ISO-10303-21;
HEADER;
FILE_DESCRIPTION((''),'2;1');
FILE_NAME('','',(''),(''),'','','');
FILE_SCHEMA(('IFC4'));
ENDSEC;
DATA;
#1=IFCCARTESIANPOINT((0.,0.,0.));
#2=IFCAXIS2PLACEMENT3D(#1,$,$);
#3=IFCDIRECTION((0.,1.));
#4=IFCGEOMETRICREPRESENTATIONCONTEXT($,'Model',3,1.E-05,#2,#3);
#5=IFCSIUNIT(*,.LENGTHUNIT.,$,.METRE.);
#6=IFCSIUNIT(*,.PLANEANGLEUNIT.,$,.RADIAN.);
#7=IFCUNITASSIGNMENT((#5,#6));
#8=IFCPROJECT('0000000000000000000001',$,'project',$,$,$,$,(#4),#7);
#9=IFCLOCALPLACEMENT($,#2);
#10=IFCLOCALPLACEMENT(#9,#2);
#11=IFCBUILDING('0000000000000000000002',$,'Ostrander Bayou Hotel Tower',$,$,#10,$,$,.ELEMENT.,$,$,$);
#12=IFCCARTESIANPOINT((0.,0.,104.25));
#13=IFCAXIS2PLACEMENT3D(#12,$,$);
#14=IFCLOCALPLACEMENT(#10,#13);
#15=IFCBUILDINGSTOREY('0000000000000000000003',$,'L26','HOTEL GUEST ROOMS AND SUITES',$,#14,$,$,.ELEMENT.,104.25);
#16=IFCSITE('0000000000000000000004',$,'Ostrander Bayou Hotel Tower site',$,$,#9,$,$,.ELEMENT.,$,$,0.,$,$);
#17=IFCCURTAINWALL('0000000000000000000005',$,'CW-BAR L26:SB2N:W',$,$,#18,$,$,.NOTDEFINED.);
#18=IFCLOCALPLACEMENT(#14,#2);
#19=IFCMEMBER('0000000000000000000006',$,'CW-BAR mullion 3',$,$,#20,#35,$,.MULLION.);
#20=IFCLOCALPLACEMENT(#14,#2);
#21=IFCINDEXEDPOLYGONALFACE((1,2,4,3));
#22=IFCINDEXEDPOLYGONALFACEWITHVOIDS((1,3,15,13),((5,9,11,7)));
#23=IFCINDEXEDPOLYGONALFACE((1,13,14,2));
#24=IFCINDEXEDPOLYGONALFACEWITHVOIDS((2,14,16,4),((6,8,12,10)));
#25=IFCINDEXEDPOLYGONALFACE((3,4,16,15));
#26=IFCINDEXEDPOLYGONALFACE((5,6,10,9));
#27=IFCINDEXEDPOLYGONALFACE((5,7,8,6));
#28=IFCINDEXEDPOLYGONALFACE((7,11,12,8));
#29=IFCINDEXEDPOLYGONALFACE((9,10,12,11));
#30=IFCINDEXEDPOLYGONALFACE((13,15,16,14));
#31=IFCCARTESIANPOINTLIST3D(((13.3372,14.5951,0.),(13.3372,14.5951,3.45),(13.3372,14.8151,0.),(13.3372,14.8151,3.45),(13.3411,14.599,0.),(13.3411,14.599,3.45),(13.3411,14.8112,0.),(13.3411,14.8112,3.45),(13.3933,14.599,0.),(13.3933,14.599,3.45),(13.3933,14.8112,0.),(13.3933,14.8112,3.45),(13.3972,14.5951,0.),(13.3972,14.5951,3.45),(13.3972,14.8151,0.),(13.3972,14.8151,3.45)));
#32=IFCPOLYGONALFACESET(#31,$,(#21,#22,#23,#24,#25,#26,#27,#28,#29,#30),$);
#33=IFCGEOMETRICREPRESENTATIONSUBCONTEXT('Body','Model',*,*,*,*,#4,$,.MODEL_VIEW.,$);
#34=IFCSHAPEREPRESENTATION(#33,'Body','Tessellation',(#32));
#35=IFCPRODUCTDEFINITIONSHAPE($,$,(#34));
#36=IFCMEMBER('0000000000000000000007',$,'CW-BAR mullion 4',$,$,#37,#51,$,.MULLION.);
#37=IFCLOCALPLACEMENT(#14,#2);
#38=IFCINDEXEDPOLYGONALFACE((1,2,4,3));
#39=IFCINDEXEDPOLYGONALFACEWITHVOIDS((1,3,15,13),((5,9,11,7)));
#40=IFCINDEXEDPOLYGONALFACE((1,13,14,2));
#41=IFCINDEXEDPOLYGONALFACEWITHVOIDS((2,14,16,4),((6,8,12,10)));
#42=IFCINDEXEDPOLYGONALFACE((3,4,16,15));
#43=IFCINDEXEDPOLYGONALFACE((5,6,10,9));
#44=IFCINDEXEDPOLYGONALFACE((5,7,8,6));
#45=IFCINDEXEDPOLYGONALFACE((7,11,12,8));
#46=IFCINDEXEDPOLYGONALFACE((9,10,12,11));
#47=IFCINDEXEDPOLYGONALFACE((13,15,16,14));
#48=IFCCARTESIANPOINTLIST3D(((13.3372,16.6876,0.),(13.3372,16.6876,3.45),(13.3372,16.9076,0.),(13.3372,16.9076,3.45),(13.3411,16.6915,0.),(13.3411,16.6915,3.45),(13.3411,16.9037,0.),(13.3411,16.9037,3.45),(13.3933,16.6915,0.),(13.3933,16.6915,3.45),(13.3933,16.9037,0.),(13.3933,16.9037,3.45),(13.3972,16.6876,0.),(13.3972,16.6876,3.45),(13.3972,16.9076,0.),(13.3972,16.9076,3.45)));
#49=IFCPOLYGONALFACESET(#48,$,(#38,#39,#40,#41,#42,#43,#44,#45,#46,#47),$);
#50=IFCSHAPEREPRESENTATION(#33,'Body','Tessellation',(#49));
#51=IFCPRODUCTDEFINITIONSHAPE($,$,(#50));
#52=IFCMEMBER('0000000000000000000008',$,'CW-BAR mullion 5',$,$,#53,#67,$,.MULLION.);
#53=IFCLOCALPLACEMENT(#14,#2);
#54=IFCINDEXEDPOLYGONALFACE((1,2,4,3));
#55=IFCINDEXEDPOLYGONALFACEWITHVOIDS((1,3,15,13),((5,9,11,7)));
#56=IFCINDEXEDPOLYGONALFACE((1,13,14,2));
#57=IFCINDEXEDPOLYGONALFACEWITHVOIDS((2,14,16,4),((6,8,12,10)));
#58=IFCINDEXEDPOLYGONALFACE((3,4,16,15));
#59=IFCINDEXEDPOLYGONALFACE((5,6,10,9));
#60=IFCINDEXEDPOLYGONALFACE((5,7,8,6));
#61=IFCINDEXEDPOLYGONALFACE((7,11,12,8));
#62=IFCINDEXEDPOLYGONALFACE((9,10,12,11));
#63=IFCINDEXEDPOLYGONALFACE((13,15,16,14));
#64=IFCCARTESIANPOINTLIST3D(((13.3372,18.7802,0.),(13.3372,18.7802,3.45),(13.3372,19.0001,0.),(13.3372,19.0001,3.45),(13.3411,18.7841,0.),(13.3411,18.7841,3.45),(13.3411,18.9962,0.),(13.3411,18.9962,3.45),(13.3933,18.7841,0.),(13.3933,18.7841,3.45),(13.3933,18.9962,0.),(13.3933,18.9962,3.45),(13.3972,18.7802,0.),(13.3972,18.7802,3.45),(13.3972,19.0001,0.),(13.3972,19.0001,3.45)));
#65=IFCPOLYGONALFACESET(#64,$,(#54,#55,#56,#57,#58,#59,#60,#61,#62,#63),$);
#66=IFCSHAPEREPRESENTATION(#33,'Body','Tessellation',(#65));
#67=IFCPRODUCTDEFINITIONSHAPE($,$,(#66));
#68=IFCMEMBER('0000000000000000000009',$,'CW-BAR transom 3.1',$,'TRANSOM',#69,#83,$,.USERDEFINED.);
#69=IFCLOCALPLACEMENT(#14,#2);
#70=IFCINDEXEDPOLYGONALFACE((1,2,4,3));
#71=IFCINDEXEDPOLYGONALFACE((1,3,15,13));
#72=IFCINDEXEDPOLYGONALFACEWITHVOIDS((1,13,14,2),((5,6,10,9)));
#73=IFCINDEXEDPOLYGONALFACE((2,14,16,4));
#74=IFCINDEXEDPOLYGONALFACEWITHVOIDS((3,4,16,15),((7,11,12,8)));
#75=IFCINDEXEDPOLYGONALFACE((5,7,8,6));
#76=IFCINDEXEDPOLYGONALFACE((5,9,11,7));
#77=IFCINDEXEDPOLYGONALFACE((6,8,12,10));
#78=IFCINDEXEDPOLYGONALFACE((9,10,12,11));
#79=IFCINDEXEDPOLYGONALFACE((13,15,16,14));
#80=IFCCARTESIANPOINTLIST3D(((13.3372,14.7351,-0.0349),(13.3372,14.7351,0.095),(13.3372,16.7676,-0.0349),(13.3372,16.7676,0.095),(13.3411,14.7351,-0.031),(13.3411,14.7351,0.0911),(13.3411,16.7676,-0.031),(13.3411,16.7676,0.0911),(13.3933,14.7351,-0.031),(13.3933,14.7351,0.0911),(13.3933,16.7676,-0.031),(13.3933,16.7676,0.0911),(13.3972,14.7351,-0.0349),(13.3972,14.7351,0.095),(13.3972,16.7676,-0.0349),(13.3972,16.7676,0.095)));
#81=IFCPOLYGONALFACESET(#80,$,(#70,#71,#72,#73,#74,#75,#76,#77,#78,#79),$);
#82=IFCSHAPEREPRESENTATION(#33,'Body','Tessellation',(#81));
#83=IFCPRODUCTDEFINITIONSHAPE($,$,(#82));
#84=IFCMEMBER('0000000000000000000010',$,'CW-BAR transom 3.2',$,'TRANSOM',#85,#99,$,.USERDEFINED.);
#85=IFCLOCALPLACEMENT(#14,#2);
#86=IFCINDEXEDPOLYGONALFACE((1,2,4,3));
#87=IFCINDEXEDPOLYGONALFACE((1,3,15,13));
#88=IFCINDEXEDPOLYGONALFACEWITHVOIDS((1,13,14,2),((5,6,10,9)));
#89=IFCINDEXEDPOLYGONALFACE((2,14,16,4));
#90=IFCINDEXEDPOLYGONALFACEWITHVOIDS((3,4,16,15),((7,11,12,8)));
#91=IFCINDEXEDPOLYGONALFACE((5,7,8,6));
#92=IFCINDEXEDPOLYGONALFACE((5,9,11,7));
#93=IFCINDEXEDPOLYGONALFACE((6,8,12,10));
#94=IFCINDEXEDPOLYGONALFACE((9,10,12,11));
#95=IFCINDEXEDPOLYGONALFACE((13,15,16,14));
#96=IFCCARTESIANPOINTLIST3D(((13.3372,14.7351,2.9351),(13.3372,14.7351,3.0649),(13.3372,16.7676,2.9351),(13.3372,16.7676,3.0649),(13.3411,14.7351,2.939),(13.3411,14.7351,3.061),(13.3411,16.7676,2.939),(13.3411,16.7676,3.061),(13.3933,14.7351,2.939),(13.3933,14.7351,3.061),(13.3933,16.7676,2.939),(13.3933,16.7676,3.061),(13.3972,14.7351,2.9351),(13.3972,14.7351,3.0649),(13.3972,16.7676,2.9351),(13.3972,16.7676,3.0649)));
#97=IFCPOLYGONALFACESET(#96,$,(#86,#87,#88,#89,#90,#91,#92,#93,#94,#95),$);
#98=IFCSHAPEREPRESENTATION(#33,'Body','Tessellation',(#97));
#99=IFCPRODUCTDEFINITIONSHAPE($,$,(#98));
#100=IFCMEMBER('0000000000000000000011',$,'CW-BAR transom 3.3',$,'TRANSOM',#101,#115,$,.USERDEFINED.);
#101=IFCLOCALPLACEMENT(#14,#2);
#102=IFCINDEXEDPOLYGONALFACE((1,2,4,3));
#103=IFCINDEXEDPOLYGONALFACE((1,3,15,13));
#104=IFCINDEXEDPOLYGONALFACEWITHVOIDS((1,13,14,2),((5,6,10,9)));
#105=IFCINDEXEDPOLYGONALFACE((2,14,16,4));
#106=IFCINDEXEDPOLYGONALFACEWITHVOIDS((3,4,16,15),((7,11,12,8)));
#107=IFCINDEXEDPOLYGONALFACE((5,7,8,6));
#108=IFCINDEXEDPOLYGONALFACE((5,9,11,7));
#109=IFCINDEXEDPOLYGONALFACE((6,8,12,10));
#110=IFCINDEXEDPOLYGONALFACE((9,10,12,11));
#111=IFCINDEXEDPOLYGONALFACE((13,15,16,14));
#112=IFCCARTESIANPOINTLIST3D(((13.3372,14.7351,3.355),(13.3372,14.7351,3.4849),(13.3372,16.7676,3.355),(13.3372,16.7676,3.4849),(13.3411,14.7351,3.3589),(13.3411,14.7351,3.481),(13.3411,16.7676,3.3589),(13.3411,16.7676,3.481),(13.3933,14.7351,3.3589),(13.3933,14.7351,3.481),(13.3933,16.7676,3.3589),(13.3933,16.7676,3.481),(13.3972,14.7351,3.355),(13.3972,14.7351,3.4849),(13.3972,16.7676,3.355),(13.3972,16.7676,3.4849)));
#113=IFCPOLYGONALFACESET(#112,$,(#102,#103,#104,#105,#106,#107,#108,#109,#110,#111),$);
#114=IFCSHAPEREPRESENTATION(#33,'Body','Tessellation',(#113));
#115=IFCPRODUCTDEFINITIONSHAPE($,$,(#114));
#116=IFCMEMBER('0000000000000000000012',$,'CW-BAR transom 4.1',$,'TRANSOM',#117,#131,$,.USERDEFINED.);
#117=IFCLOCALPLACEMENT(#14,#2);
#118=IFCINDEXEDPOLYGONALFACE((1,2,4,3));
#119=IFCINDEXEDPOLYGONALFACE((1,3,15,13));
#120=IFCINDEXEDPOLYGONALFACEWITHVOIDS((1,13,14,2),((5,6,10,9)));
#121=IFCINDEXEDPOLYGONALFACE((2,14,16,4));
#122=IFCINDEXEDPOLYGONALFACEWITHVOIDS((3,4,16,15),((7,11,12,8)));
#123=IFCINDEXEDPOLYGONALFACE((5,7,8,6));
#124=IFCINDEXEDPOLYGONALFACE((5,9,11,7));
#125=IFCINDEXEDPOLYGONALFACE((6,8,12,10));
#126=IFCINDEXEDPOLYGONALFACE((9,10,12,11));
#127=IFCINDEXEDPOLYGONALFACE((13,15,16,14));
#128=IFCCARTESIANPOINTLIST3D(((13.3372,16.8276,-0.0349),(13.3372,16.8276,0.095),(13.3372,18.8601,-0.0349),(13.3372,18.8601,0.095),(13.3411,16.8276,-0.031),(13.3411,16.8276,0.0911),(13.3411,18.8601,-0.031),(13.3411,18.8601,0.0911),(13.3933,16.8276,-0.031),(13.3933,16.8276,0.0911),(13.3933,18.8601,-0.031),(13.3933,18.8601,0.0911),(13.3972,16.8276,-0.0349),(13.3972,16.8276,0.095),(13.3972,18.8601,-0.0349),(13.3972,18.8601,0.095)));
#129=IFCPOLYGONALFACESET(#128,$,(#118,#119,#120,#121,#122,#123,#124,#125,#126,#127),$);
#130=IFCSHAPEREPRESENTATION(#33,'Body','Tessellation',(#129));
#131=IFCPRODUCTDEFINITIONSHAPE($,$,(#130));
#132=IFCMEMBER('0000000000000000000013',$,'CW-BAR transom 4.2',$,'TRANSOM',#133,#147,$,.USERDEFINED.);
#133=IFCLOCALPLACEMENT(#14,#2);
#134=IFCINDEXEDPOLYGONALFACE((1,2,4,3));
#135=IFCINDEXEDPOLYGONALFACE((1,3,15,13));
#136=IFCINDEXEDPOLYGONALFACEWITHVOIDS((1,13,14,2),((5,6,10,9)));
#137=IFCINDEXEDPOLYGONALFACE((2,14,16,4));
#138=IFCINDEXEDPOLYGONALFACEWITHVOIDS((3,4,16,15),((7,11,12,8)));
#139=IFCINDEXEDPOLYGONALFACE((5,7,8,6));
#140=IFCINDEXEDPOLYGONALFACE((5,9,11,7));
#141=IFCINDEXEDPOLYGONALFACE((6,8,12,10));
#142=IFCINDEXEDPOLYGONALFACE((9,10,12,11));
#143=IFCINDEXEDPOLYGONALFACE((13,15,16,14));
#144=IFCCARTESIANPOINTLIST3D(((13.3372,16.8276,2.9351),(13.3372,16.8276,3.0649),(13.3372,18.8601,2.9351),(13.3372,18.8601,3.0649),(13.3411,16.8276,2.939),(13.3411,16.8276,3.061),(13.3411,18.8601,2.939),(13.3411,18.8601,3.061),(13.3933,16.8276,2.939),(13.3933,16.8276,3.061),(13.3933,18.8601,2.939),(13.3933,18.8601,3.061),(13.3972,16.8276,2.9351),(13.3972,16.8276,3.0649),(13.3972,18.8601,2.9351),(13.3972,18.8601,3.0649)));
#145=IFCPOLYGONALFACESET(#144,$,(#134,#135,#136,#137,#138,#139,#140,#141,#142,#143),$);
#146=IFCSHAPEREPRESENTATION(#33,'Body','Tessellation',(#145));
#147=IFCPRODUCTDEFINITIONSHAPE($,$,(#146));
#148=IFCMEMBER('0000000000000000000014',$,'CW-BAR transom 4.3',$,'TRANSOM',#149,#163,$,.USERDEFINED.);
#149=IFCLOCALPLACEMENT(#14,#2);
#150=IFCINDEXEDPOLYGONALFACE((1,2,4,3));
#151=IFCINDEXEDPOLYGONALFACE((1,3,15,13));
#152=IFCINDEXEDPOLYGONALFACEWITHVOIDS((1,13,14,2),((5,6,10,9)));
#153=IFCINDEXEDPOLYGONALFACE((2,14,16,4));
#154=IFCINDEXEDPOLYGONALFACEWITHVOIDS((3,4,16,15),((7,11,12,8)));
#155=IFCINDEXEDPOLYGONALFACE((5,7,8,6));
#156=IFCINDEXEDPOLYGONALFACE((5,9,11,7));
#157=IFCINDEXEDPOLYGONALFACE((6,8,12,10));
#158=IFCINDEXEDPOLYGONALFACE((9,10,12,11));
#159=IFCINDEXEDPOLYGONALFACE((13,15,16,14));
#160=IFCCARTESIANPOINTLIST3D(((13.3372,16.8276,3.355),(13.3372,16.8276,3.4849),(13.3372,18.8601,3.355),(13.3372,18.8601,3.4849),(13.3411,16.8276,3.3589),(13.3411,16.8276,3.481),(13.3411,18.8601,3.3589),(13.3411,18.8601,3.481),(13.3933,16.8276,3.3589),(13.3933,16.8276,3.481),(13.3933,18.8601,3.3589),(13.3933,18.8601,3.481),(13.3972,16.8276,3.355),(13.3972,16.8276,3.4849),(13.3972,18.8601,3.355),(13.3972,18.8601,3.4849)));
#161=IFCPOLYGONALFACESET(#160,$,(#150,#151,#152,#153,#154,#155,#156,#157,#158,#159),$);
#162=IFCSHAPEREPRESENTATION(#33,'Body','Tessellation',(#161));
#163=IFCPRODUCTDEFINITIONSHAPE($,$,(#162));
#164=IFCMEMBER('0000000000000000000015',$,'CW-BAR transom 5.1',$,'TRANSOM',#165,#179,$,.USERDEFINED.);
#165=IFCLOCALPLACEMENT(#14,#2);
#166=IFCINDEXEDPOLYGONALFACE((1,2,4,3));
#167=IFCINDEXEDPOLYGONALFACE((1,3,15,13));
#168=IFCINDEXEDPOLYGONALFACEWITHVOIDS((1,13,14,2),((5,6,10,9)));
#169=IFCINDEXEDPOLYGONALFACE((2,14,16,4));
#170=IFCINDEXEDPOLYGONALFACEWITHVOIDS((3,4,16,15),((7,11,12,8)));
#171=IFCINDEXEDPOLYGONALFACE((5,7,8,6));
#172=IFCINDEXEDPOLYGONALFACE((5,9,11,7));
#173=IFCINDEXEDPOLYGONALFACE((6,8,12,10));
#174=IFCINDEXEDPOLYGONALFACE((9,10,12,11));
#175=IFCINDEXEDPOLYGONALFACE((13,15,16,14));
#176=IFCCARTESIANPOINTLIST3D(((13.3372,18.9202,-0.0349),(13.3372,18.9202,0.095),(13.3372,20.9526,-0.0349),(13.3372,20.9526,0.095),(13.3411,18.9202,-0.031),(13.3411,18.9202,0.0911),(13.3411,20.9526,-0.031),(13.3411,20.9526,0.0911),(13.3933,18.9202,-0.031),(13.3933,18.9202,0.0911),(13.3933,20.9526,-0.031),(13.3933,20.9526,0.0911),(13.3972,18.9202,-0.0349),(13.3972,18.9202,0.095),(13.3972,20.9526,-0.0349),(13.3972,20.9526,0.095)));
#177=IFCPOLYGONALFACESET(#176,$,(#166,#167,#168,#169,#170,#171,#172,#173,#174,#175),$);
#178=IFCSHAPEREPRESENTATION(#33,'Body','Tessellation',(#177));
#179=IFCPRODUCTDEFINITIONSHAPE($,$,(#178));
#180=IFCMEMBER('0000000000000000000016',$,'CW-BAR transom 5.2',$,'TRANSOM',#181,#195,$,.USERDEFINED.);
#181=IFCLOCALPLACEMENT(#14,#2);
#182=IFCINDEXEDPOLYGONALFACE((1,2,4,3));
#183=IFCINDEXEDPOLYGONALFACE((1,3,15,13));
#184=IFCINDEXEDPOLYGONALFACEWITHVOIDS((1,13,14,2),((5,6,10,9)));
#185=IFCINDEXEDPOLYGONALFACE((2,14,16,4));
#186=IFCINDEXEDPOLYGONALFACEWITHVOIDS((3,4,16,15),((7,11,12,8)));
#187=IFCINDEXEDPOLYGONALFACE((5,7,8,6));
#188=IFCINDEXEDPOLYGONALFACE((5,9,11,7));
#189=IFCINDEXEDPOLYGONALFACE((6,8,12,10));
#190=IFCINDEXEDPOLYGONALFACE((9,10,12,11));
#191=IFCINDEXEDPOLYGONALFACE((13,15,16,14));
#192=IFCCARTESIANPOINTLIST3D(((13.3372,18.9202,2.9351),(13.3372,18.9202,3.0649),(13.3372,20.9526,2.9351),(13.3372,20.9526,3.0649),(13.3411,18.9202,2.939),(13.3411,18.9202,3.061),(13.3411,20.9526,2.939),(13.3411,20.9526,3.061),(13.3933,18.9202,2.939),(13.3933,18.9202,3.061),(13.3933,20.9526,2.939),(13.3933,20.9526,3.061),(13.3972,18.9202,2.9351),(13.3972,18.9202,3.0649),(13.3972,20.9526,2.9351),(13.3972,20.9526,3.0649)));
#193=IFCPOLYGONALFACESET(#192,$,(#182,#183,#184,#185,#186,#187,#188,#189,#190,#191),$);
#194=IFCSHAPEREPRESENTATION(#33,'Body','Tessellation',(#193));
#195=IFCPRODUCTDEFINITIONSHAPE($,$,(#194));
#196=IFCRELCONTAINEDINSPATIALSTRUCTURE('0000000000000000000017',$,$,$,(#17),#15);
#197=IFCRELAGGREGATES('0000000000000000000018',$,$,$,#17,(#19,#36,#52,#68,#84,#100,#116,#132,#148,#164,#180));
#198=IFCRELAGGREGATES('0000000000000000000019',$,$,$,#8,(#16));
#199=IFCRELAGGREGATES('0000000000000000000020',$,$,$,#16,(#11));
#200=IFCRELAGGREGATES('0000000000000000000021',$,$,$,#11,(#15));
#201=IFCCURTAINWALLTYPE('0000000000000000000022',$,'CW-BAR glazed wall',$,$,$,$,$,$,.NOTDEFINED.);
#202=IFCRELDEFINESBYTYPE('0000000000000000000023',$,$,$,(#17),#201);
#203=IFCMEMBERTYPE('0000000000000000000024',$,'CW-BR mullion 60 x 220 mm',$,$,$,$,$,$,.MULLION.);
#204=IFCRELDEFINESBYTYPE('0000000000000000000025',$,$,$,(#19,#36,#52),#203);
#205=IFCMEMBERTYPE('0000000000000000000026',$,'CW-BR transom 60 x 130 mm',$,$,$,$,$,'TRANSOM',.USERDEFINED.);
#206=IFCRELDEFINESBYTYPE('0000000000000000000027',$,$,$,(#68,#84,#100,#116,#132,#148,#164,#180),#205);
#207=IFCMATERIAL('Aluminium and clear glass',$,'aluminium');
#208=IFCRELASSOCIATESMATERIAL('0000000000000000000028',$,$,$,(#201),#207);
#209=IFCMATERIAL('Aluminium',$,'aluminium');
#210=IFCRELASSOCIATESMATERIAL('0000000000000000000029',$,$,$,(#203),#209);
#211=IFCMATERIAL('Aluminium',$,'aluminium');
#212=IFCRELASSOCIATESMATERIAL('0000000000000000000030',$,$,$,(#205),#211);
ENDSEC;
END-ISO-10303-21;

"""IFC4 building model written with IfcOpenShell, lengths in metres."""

from ifc_helpers import new_model, si_unit, direction, frame, origin, origin_2d, place, context, subcontext, project, spatial, hollow_rectangle, extrude, material, material_profile, profile_set, type_object, element, aggregate, save


model = new_model("IFC4")

# Units and contexts
model_context = context("Model", 3, precision=1e-05, world=origin(), true_north=direction((0.0, 1.0)))
body_context = subcontext(model_context, "Body", "Model", "MODEL_VIEW")
ifc_project = project(units=[si_unit("LENGTHUNIT", "METRE"), si_unit("PLANEANGLEUNIT", "RADIAN")], contexts=[model_context])

# Site, building, storey
site_placement = place(None, origin())
site = spatial("IfcSite", under=ifc_project, at=site_placement, Name="Ostrander Bayou Hotel Tower site", CompositionType="ELEMENT", RefElevation=0.0)
building_placement = place(site_placement, origin())
building = spatial("IfcBuilding", under=site, at=building_placement, Name="Ostrander Bayou Hotel Tower", CompositionType="ELEMENT")
storey_placement = place(building_placement, frame((0.0, 0.0, 104.25)))
storey = spatial("IfcBuildingStorey", under=building, at=storey_placement, Name="L26", Description="HOTEL GUEST ROOMS AND SUITES", CompositionType="ELEMENT", Elevation=104.25)

# Curtain wall, members
ifc_material_1 = material(Name="Aluminium and clear glass", Category="aluminium")
curtain_wall_type = type_object("IfcCurtainWallType", Name="CW-BAR glazed wall", PredefinedType="NOTDEFINED", material=ifc_material_1)
curtain_wall_placement = place(storey_placement, origin())
curtain_wall = element("IfcCurtainWall", 1, at=curtain_wall_placement, inside=storey, type_object=curtain_wall_type, Name="CW-BAR L26:SB2N:W", PredefinedType="NOTDEFINED")
ifc_material_2 = material(Name="Aluminium", Category="aluminium")
ifc_material_profile_1 = material_profile(ifc_material_2, hollow_rectangle(XDim=0.0601, YDim=0.22, WallThickness=0.0039, at=origin_2d()))
ifc_profile_set_1 = profile_set([ifc_material_profile_1], Name="Aluminium")
member_type_1 = type_object("IfcMemberType", Name="CW-BR mullion 60 x 220 mm", PredefinedType="MULLION", material=ifc_profile_set_1)
member_1_placement = place(storey_placement, frame((13.3672, 14.7051, 0.0), z_axis=(0.0, 0.0, 1.0), x_axis=(-1.0, 0.0, 0.0)))
member_1 = element("IfcMember", 2, at=member_1_placement, type_object=member_type_1, Name="CW-BAR mullion 3", PredefinedType="MULLION", context=body_context, shape_type="SweptSolid", body=[
    extrude(hollow_rectangle(XDim=0.0601, YDim=0.22, WallThickness=0.0039, at=origin_2d()), origin(), (0.0, 0.0, 1.0), 3.45),
])
member_2_placement = place(storey_placement, frame((13.3672, 16.7976, 0.0), z_axis=(0.0, 0.0, 1.0), x_axis=(-1.0, 0.0, 0.0)))
member_2 = element("IfcMember", 3, at=member_2_placement, type_object=member_type_1, Name="CW-BAR mullion 4", PredefinedType="MULLION", context=body_context, shape_type="SweptSolid", body=[
    extrude(hollow_rectangle(XDim=0.0601, YDim=0.22, WallThickness=0.0039, at=origin_2d()), origin(), (0.0, 0.0, 1.0), 3.45),
])
member_3_placement = place(storey_placement, frame((13.3672, 18.8901, 0.0), z_axis=(0.0, 0.0, 1.0), x_axis=(-1.0, 0.0, 0.0)))
member_3 = element("IfcMember", 4, at=member_3_placement, type_object=member_type_1, Name="CW-BAR mullion 5", PredefinedType="MULLION", context=body_context, shape_type="SweptSolid", body=[
    extrude(hollow_rectangle(XDim=0.0601, YDim=0.22, WallThickness=0.0039, at=origin_2d()), origin(), (0.0, 0.0, 1.0), 3.45),
])
ifc_material_3 = material(Name="Aluminium", Category="aluminium")
ifc_material_profile_2 = material_profile(ifc_material_3, hollow_rectangle(XDim=0.0601, YDim=0.1299, WallThickness=0.0039, at=origin_2d()))
ifc_profile_set_2 = profile_set([ifc_material_profile_2], Name="Aluminium")
member_type_2 = type_object("IfcMemberType", Name="CW-BR transom 60 x 130 mm", ElementType="TRANSOM", PredefinedType="USERDEFINED", material=ifc_profile_set_2)
member_4_placement = place(storey_placement, frame((13.3672, 14.7351, 0.03), z_axis=(0.0, 1.0, 0.0), x_axis=(-1.0, 0.0, 0.0)))
member_4 = element("IfcMember", 5, at=member_4_placement, type_object=member_type_2, Name="CW-BAR transom 3.1", ObjectType="TRANSOM", PredefinedType="USERDEFINED", context=body_context, shape_type="SweptSolid", body=[
    extrude(hollow_rectangle(XDim=0.0601, YDim=0.1299, WallThickness=0.0039, at=origin_2d()), origin(), (0.0, 0.0, 1.0), 2.0325),
])
member_5_placement = place(storey_placement, frame((13.3672, 14.7351, 3.0), z_axis=(0.0, 1.0, 0.0), x_axis=(-1.0, 0.0, 0.0)))
member_5 = element("IfcMember", 6, at=member_5_placement, type_object=member_type_2, Name="CW-BAR transom 3.2", ObjectType="TRANSOM", PredefinedType="USERDEFINED", context=body_context, shape_type="SweptSolid", body=[
    extrude(hollow_rectangle(XDim=0.0601, YDim=0.1299, WallThickness=0.0039, at=origin_2d()), origin(), (0.0, 0.0, 1.0), 2.0325),
])
member_6_placement = place(storey_placement, frame((13.3672, 14.7351, 3.4199), z_axis=(0.0, 1.0, 0.0), x_axis=(-1.0, 0.0, 0.0)))
member_6 = element("IfcMember", 7, at=member_6_placement, type_object=member_type_2, Name="CW-BAR transom 3.3", ObjectType="TRANSOM", PredefinedType="USERDEFINED", context=body_context, shape_type="SweptSolid", body=[
    extrude(hollow_rectangle(XDim=0.0601, YDim=0.1299, WallThickness=0.0039, at=origin_2d()), origin(), (0.0, 0.0, 1.0), 2.0325),
])
member_7_placement = place(storey_placement, frame((13.3672, 16.8276, 0.03), z_axis=(0.0, 1.0, 0.0), x_axis=(-1.0, 0.0, 0.0)))
member_7 = element("IfcMember", 8, at=member_7_placement, type_object=member_type_2, Name="CW-BAR transom 4.1", ObjectType="TRANSOM", PredefinedType="USERDEFINED", context=body_context, shape_type="SweptSolid", body=[
    extrude(hollow_rectangle(XDim=0.0601, YDim=0.1299, WallThickness=0.0039, at=origin_2d()), origin(), (0.0, 0.0, 1.0), 2.0325),
])
member_8_placement = place(storey_placement, frame((13.3672, 16.8276, 3.0), z_axis=(0.0, 1.0, 0.0), x_axis=(-1.0, 0.0, 0.0)))
member_8 = element("IfcMember", 9, at=member_8_placement, type_object=member_type_2, Name="CW-BAR transom 4.2", ObjectType="TRANSOM", PredefinedType="USERDEFINED", context=body_context, shape_type="SweptSolid", body=[
    extrude(hollow_rectangle(XDim=0.0601, YDim=0.1299, WallThickness=0.0039, at=origin_2d()), origin(), (0.0, 0.0, 1.0), 2.0325),
])
member_9_placement = place(storey_placement, frame((13.3672, 16.8276, 3.4199), z_axis=(0.0, 1.0, 0.0), x_axis=(-1.0, 0.0, 0.0)))
member_9 = element("IfcMember", 10, at=member_9_placement, type_object=member_type_2, Name="CW-BAR transom 4.3", ObjectType="TRANSOM", PredefinedType="USERDEFINED", context=body_context, shape_type="SweptSolid", body=[
    extrude(hollow_rectangle(XDim=0.0601, YDim=0.1299, WallThickness=0.0039, at=origin_2d()), origin(), (0.0, 0.0, 1.0), 2.0325),
])
member_10_placement = place(storey_placement, frame((13.3672, 18.9202, 0.03), z_axis=(0.0, 1.0, 0.0), x_axis=(-1.0, 0.0, 0.0)))
member_10 = element("IfcMember", 11, at=member_10_placement, type_object=member_type_2, Name="CW-BAR transom 5.1", ObjectType="TRANSOM", PredefinedType="USERDEFINED", context=body_context, shape_type="SweptSolid", body=[
    extrude(hollow_rectangle(XDim=0.0601, YDim=0.1299, WallThickness=0.0039, at=origin_2d()), origin(), (0.0, 0.0, 1.0), 2.0325),
])
member_11_placement = place(storey_placement, frame((13.3672, 18.9202, 3.0), z_axis=(0.0, 1.0, 0.0), x_axis=(-1.0, 0.0, 0.0)))
member_11 = element("IfcMember", 12, at=member_11_placement, type_object=member_type_2, Name="CW-BAR transom 5.2", ObjectType="TRANSOM", PredefinedType="USERDEFINED", context=body_context, shape_type="SweptSolid", body=[
    extrude(hollow_rectangle(XDim=0.0601, YDim=0.1299, WallThickness=0.0039, at=origin_2d()), origin(), (0.0, 0.0, 1.0), 2.0325),
])

aggregate(curtain_wall, [member_1, member_2, member_3, member_4, member_5, member_6, member_7, member_8, member_9, member_10, member_11])

save(model, "model.ifc")
